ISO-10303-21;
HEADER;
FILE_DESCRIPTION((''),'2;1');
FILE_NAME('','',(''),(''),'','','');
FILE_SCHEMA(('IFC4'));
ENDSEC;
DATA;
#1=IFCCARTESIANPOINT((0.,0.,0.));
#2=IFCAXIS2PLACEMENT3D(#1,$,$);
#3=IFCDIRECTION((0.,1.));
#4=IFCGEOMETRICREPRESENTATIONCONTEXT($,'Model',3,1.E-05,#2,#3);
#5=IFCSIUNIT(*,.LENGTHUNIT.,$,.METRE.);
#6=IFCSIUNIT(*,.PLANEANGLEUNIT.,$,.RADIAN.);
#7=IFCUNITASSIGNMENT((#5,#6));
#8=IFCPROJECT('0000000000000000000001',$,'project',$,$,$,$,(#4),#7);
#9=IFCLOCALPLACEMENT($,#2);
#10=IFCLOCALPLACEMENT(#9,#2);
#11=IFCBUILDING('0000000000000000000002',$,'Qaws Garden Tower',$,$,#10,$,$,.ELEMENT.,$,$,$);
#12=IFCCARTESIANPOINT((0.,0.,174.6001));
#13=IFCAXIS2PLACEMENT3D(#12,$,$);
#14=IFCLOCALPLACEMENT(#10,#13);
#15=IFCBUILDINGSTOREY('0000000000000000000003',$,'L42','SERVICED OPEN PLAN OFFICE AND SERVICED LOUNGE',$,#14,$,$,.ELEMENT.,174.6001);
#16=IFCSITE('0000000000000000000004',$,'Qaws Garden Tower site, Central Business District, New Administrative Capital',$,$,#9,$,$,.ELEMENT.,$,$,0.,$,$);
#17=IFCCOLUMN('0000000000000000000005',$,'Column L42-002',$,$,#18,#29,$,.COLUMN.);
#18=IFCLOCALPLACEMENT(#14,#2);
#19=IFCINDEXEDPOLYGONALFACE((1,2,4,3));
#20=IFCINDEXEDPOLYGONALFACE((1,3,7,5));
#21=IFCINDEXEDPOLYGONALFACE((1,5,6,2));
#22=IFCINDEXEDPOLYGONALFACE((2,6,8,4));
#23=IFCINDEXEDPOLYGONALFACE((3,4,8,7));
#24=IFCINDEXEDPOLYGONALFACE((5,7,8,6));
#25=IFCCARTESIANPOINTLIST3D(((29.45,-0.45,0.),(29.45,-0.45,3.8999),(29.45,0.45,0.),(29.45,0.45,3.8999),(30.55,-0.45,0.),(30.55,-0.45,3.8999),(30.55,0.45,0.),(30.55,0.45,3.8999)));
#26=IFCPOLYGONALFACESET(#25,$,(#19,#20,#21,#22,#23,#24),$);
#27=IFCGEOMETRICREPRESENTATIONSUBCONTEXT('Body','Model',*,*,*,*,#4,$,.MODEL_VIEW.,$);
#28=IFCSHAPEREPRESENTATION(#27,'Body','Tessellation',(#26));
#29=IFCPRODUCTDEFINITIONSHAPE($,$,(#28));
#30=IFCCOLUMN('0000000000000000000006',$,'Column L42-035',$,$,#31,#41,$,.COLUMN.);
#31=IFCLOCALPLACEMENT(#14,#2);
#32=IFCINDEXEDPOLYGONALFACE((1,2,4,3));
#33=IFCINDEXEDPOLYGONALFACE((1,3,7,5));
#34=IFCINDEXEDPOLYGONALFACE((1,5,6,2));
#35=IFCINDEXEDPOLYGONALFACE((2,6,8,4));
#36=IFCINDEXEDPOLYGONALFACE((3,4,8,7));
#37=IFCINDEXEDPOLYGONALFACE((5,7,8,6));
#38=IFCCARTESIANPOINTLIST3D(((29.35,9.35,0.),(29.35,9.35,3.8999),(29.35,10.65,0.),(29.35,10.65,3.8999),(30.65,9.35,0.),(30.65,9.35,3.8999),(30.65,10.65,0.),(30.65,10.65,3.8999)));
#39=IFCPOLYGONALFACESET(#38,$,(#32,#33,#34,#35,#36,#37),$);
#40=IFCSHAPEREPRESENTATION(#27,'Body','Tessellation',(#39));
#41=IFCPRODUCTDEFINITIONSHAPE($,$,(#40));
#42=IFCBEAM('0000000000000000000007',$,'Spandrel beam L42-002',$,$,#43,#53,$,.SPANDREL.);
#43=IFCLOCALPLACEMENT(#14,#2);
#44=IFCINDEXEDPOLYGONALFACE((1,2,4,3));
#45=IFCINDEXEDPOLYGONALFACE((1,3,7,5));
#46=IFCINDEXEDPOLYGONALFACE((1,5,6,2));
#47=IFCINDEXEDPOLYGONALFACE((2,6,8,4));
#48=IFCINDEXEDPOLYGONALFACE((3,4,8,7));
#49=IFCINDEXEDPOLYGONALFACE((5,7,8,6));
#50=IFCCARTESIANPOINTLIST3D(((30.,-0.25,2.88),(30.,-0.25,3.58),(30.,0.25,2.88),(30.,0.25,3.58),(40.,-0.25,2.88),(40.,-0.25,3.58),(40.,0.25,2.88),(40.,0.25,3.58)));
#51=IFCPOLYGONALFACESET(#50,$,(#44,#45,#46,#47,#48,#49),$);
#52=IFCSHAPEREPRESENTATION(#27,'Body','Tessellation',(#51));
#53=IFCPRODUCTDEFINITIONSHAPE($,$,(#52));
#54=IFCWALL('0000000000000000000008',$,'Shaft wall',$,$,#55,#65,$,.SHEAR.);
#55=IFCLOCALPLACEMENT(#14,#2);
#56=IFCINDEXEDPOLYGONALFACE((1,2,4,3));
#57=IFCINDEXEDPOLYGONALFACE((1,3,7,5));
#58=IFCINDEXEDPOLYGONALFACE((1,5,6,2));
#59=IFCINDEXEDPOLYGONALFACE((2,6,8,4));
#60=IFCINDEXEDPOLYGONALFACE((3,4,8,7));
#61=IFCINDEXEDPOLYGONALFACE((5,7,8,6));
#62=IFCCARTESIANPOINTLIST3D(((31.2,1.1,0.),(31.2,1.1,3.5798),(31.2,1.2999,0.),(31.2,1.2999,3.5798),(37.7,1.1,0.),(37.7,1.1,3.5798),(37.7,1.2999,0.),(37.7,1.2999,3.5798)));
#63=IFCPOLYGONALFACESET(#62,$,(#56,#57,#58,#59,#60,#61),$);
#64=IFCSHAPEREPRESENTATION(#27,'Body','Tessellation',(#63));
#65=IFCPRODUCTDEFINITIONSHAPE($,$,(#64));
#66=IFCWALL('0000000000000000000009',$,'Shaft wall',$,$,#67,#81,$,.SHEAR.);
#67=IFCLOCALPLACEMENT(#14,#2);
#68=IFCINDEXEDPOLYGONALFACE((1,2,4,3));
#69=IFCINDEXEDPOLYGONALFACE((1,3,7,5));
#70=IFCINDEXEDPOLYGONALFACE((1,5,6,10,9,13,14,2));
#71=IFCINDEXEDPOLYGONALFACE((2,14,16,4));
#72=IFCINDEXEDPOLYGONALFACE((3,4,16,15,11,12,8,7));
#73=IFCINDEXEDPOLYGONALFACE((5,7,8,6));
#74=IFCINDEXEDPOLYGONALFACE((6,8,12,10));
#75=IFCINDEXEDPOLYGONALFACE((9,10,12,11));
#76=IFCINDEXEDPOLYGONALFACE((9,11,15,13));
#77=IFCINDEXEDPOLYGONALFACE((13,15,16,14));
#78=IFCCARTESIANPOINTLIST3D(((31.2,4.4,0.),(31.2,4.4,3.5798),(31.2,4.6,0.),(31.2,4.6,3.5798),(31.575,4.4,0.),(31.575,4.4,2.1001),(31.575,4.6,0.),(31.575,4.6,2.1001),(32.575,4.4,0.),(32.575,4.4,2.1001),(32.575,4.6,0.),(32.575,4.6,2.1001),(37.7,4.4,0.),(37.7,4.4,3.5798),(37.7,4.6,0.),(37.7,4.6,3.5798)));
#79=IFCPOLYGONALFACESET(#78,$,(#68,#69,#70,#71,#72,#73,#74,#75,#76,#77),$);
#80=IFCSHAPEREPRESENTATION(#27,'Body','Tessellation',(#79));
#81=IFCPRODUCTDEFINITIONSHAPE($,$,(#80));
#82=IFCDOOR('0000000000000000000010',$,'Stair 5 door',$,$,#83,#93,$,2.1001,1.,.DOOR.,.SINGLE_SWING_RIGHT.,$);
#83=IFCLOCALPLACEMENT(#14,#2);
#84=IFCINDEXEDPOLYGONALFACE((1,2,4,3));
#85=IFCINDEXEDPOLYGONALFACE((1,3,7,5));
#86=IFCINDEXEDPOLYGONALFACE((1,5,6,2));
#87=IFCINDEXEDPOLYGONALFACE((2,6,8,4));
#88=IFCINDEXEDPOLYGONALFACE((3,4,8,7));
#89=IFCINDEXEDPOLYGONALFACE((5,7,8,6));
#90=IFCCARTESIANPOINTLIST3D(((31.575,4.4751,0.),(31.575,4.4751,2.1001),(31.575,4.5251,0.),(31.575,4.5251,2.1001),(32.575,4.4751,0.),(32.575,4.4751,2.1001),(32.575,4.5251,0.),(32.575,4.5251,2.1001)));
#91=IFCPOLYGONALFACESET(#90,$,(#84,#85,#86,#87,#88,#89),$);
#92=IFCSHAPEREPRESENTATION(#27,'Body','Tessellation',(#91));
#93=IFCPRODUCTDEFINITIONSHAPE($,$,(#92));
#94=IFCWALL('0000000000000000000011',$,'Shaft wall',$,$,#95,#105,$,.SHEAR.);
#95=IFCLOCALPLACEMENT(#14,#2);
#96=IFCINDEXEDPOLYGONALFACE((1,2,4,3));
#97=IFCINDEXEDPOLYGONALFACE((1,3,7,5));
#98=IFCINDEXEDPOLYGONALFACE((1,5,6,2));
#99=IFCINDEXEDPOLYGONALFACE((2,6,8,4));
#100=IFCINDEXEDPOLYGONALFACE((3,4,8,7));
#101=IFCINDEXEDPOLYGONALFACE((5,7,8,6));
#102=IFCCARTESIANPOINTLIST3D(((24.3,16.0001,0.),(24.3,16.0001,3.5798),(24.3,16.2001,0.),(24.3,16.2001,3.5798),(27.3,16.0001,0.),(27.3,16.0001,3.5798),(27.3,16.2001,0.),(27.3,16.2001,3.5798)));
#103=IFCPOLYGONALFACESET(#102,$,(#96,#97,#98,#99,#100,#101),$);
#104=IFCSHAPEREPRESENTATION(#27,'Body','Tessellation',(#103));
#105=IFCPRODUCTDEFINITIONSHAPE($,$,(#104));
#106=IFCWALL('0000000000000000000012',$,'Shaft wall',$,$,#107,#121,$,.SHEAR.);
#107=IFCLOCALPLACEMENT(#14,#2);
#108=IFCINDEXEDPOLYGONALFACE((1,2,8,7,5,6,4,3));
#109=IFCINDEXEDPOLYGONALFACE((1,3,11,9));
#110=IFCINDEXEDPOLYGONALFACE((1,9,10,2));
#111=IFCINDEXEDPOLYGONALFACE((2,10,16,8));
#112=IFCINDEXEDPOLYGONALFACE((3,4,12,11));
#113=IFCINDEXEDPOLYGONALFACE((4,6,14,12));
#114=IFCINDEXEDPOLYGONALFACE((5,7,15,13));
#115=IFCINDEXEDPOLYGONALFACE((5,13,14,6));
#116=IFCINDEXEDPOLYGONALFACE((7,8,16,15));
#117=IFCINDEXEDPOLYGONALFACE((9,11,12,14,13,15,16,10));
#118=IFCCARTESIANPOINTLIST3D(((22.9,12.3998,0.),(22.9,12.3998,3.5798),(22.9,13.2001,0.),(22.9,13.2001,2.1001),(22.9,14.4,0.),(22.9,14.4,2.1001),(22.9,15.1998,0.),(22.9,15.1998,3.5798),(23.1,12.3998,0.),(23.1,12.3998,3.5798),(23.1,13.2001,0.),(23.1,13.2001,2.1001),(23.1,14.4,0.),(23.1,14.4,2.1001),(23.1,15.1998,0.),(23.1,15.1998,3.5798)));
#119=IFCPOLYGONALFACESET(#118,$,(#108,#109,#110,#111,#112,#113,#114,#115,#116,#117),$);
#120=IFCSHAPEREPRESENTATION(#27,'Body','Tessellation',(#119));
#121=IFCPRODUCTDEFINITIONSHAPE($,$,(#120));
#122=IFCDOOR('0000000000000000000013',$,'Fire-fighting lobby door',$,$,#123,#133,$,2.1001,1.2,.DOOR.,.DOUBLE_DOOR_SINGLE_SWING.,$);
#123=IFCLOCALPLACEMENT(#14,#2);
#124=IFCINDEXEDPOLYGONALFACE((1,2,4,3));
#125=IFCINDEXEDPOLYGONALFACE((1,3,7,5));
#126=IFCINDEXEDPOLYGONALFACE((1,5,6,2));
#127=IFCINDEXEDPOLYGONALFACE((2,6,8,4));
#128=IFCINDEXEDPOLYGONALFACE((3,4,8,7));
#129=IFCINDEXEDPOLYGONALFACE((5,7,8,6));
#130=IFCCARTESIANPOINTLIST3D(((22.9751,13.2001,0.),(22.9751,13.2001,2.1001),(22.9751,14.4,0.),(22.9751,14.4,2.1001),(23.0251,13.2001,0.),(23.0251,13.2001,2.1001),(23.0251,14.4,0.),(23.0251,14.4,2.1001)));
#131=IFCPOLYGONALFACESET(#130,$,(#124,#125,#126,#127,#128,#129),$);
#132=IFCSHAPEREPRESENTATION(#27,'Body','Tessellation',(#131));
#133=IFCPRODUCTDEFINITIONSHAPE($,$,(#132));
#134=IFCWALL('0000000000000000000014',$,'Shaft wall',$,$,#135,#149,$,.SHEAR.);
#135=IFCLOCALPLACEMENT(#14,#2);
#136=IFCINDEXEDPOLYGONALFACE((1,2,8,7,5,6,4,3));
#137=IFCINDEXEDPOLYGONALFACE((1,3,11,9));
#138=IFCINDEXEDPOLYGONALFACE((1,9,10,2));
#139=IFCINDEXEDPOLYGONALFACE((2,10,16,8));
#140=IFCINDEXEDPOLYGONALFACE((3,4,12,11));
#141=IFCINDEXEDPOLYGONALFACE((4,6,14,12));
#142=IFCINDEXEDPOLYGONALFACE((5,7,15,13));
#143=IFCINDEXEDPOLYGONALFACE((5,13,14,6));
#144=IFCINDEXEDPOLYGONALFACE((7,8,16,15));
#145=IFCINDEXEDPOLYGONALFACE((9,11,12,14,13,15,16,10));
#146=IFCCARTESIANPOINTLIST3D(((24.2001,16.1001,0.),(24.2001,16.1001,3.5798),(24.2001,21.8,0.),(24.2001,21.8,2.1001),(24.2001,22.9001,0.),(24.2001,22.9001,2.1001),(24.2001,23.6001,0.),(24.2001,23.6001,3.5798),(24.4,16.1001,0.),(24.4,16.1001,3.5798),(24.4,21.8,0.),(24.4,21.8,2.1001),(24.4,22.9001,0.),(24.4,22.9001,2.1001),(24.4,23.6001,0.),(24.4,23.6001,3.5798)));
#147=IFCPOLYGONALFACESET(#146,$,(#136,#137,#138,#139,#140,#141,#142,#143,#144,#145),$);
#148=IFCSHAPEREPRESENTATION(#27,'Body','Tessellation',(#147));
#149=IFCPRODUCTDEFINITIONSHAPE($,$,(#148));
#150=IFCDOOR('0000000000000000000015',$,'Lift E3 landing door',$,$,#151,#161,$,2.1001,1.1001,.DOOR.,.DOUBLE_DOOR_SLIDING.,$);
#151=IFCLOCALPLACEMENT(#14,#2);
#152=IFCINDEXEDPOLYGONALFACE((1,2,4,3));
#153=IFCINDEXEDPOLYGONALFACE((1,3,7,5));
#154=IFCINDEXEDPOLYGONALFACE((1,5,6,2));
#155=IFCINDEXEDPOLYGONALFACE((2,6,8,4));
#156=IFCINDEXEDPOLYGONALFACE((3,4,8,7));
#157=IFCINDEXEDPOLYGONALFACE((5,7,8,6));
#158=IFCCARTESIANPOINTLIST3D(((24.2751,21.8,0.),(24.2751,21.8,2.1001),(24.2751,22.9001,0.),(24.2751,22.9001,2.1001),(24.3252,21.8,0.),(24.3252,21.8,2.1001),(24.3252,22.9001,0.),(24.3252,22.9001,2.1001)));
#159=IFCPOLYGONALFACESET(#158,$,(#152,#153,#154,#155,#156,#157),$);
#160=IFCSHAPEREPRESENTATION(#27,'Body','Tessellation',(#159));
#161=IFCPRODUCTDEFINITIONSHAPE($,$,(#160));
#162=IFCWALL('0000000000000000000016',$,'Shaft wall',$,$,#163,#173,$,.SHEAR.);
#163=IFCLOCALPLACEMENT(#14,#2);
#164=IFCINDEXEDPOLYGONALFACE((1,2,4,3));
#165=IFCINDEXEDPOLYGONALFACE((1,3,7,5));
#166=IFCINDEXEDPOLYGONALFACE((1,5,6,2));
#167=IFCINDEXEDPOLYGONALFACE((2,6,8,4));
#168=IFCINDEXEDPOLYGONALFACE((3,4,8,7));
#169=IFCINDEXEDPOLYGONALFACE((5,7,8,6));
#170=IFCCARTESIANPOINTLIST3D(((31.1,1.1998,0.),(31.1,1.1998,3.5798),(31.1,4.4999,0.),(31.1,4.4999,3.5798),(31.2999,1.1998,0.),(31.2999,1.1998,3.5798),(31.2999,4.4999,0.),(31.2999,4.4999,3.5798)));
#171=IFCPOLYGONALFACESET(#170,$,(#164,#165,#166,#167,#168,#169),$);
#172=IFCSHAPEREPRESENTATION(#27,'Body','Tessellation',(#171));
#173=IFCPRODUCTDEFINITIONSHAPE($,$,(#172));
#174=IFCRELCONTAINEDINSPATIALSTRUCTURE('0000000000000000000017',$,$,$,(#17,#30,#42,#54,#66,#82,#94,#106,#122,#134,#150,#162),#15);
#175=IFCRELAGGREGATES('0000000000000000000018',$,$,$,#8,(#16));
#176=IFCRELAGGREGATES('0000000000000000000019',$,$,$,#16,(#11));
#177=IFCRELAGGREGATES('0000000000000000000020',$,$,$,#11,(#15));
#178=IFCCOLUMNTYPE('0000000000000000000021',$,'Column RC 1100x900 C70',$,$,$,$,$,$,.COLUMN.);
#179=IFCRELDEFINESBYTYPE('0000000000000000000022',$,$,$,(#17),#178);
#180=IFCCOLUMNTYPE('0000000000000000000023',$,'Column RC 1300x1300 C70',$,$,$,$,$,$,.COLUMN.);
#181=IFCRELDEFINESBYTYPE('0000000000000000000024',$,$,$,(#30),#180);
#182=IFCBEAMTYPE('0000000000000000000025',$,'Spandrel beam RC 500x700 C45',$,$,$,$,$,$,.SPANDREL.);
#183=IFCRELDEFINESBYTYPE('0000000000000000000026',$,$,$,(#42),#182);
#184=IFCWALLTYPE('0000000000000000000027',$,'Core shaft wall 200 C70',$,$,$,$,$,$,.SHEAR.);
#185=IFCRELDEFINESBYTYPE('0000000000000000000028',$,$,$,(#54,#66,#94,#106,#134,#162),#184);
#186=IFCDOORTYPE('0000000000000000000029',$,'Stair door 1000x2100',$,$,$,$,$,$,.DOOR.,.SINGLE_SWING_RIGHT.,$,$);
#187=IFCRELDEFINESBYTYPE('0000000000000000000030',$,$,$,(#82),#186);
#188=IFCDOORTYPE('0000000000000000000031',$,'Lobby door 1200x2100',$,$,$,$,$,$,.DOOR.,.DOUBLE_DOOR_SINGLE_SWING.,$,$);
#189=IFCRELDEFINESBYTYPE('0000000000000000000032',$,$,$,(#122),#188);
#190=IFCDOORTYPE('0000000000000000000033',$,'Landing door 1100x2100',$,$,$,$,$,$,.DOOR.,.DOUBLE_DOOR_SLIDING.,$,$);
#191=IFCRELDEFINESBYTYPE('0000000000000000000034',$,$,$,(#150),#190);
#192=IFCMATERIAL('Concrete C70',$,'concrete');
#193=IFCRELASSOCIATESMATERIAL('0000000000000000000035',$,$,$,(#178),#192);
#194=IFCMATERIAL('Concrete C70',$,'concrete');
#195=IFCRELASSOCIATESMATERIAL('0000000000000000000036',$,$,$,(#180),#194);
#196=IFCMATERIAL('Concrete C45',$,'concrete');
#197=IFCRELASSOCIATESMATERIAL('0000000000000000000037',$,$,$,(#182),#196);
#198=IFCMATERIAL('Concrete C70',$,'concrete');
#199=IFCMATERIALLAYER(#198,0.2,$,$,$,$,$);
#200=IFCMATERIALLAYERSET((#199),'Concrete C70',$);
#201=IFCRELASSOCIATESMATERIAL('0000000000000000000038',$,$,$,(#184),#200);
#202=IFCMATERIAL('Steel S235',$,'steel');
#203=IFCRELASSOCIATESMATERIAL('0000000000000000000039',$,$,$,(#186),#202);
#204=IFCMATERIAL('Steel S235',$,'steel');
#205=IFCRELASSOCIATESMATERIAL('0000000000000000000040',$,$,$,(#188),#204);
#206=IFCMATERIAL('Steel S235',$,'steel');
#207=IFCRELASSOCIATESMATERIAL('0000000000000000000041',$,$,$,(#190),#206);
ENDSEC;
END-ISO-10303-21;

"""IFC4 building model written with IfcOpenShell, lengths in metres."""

from ifc_helpers import new_model, si_unit, direction, frame, frame_2d, origin, origin_2d, place, context, subcontext, project, spatial, rectangle, extrude, material, layer, layer_set, material_profile, profile_set, type_object, element, fill, save


model = new_model("IFC4")

# Units and contexts
model_context = context("Model", 3, precision=1e-05, world=origin(), true_north=direction((0.0, 1.0)))
body_context = subcontext(model_context, "Body", "Model", "MODEL_VIEW")
ifc_project = project(units=[si_unit("LENGTHUNIT", "METRE"), si_unit("PLANEANGLEUNIT", "RADIAN")], contexts=[model_context])

# Site, building, storey
site_placement = place(None, origin())
site = spatial("IfcSite", under=ifc_project, at=site_placement, Name="Qaws Garden Tower site, Central Business District, New Administrative Capital", CompositionType="ELEMENT", RefElevation=0.0)
building_placement = place(site_placement, origin())
building = spatial("IfcBuilding", under=site, at=building_placement, Name="Qaws Garden Tower", CompositionType="ELEMENT")
storey_placement = place(building_placement, frame((0.0, 0.0, 174.6001)))
storey = spatial("IfcBuildingStorey", under=building, at=storey_placement, Name="L42", Description="SERVICED OPEN PLAN OFFICE AND SERVICED LOUNGE", CompositionType="ELEMENT", Elevation=174.6001)

# Columns
ifc_material_1 = material(Name="Concrete C70", Category="concrete")
ifc_material_profile_1 = material_profile(ifc_material_1, rectangle(XDim=1.1001, YDim=0.8999, at=origin_2d()), Name="RC 1100x900")
ifc_profile_set_1 = profile_set([ifc_material_profile_1], Name="Concrete C70")
column_type_1 = type_object("IfcColumnType", Name="Column RC 1100x900 C70", PredefinedType="COLUMN", material=ifc_profile_set_1)
column_1_placement = place(storey_placement, frame((30.0, 0.0, 0.0), z_axis=(0.0, 0.0, 1.0), x_axis=(1.0, 0.0, 0.0)))
element("IfcColumn", 1, at=column_1_placement, inside=storey, type_object=column_type_1, Name="Column L42-002", PredefinedType="COLUMN", context=body_context, shape_type="SweptSolid", body=[
    extrude(rectangle(XDim=1.1001, YDim=0.8999, at=origin_2d()), origin(), (0.0, 0.0, 1.0), 3.8999),
])
ifc_material_2 = material(Name="Concrete C70", Category="concrete")
ifc_material_profile_2 = material_profile(ifc_material_2, rectangle(XDim=1.3, YDim=1.3, at=origin_2d()), Name="RC 1300x1300")
ifc_profile_set_2 = profile_set([ifc_material_profile_2], Name="Concrete C70")
column_type_2 = type_object("IfcColumnType", Name="Column RC 1300x1300 C70", PredefinedType="COLUMN", material=ifc_profile_set_2)
column_2_placement = place(storey_placement, frame((30.0, 10.0, 0.0), z_axis=(0.0, 0.0, 1.0), x_axis=(1.0, 0.0, 0.0)))
element("IfcColumn", 2, at=column_2_placement, inside=storey, type_object=column_type_2, Name="Column L42-035", PredefinedType="COLUMN", context=body_context, shape_type="SweptSolid", body=[
    extrude(rectangle(XDim=1.3, YDim=1.3, at=origin_2d()), origin(), (0.0, 0.0, 1.0), 3.8999),
])

# Beam
ifc_material_3 = material(Name="Concrete C45", Category="concrete")
ifc_material_profile_3 = material_profile(ifc_material_3, rectangle(XDim=0.5, YDim=0.7, at=origin_2d()), Name="RC 500x700")
ifc_profile_set_3 = profile_set([ifc_material_profile_3], Name="Concrete C45")
beam_type = type_object("IfcBeamType", Name="Spandrel beam RC 500x700 C45", PredefinedType="SPANDREL", material=ifc_profile_set_3)
beam_placement = place(storey_placement, frame((30.0, 0.0, 3.23), z_axis=(1.0, 0.0, 0.0), x_axis=(0.0, 1.0, 0.0)))
element("IfcBeam", 3, at=beam_placement, inside=storey, type_object=beam_type, Name="Spandrel beam L42-002", PredefinedType="SPANDREL", context=body_context, shape_type="SweptSolid", body=[
    extrude(rectangle(XDim=0.5, YDim=0.7, at=origin_2d()), origin(), (0.0, 0.0, 1.0), 10.0),
])

# Wall
ifc_material_4 = material(Name="Concrete C70", Category="concrete")
ifc_layer_1 = layer(ifc_material_4, 0.2)
ifc_layer_set_1 = layer_set([ifc_layer_1], Name="Concrete C70")
wall_type_1 = type_object("IfcWallType", Name="Core shaft wall 200 C70", PredefinedType="SHEAR", material=ifc_layer_set_1)
wall_1_placement = place(storey_placement, frame((31.2, 1.2, 0.0), z_axis=(0.0, 0.0, 1.0), x_axis=(1.0, 0.0, 0.0)))
element("IfcWall", 4, at=wall_1_placement, inside=storey, type_object=wall_type_1, Name="Shaft wall", PredefinedType="SHEAR", context=body_context, shape_type="SweptSolid", body=[
    extrude(rectangle(XDim=6.5, YDim=0.2, at=frame_2d((3.25, 0.0))), origin(), (0.0, 0.0, 1.0), 3.5798),
])

# Wall, opening, door
wall_2_placement = place(storey_placement, frame((31.2, 4.5, 0.0), z_axis=(0.0, 0.0, 1.0), x_axis=(1.0, 0.0, 0.0)))
wall_2 = element("IfcWall", 5, at=wall_2_placement, inside=storey, type_object=wall_type_1, Name="Shaft wall", PredefinedType="SHEAR", context=body_context, shape_type="SweptSolid", body=[
    extrude(rectangle(XDim=6.5, YDim=0.2, at=frame_2d((3.25, 0.0))), origin(), (0.0, 0.0, 1.0), 3.5798),
])
opening_1_placement = place(wall_2_placement, frame((0.375, 0.0, 0.0)))
opening_1 = element("IfcOpeningElement", 6, at=opening_1_placement, cuts=wall_2, PredefinedType="OPENING", context=body_context, shape_type="SweptSolid", body=[
    extrude(rectangle(XDim=1.0, YDim=2.1001, at=frame_2d((0.5, 1.05))), frame((0.0, 0.1099, 0.0), z_axis=(0.0, -1.0, 0.0), x_axis=(1.0, 0.0, 0.0)), (0.0, 0.0, 1.0), 0.22),
])
ifc_material_5 = material(Name="Steel S235", Category="steel")
door_type_1 = type_object("IfcDoorType", Name="Stair door 1000x2100", OperationType="SINGLE_SWING_RIGHT", PredefinedType="DOOR", material=ifc_material_5)
door_1_placement = place(opening_1_placement, frame((1.0, 0.0, 0.0), z_axis=(0.0, 0.0, 1.0), x_axis=(-1.0, 0.0, 0.0)))
door_1 = element("IfcDoor", 7, at=door_1_placement, inside=storey, type_object=door_type_1, Name="Stair 5 door", OperationType="SINGLE_SWING_RIGHT", OverallHeight=2.1001, OverallWidth=1.0, PredefinedType="DOOR", context=body_context, shape_type="SweptSolid", body=[
    extrude(rectangle(XDim=1.0, YDim=2.1001, at=frame_2d((0.5, 1.05))), frame((0.0, 0.0249, 0.0), z_axis=(0.0, -1.0, 0.0), x_axis=(1.0, 0.0, 0.0)), (0.0, 0.0, 1.0), 0.05),
])
fill(opening_1, door_1)

# Wall
wall_3_placement = place(storey_placement, frame((24.3, 16.1001, 0.0), z_axis=(0.0, 0.0, 1.0), x_axis=(1.0, 0.0, 0.0)))
element("IfcWall", 8, at=wall_3_placement, inside=storey, type_object=wall_type_1, Name="Shaft wall", PredefinedType="SHEAR", context=body_context, shape_type="SweptSolid", body=[
    extrude(rectangle(XDim=3.0, YDim=0.2, at=frame_2d((1.5, 0.0))), origin(), (0.0, 0.0, 1.0), 3.5798),
])

# Walls, openings, doors
wall_4_placement = place(storey_placement, frame((23.0, 12.3999, 0.0), z_axis=(0.0, 0.0, 1.0), x_axis=(0.0, 1.0, 0.0)))
wall_4 = element("IfcWall", 9, at=wall_4_placement, inside=storey, type_object=wall_type_1, Name="Shaft wall", PredefinedType="SHEAR", context=body_context, shape_type="SweptSolid", body=[
    extrude(rectangle(XDim=2.8, YDim=0.2, at=frame_2d((1.3999, 0.0))), origin(), (0.0, 0.0, 1.0), 3.5798),
])
opening_2_placement = place(wall_4_placement, frame((0.8, 0.0, 0.0)))
opening_2 = element("IfcOpeningElement", 10, at=opening_2_placement, cuts=wall_4, PredefinedType="OPENING", context=body_context, shape_type="SweptSolid", body=[
    extrude(rectangle(XDim=1.2, YDim=2.1001, at=frame_2d((0.6001, 1.05))), frame((0.0, 0.1099, 0.0), z_axis=(0.0, -1.0, 0.0), x_axis=(1.0, 0.0, 0.0)), (0.0, 0.0, 1.0), 0.22),
])
ifc_material_6 = material(Name="Steel S235", Category="steel")
door_type_2 = type_object("IfcDoorType", Name="Lobby door 1200x2100", OperationType="DOUBLE_DOOR_SINGLE_SWING", PredefinedType="DOOR", material=ifc_material_6)
door_2_placement = place(opening_2_placement, origin())
door_2 = element("IfcDoor", 11, at=door_2_placement, inside=storey, type_object=door_type_2, Name="Fire-fighting lobby door", OperationType="DOUBLE_DOOR_SINGLE_SWING", OverallHeight=2.1001, OverallWidth=1.2, PredefinedType="DOOR", context=body_context, shape_type="SweptSolid", body=[
    extrude(rectangle(XDim=1.2, YDim=2.1001, at=frame_2d((0.6001, 1.05))), frame((0.0, 0.0249, 0.0), z_axis=(0.0, -1.0, 0.0), x_axis=(1.0, 0.0, 0.0)), (0.0, 0.0, 1.0), 0.05),
])
fill(opening_2, door_2)
wall_5_placement = place(storey_placement, frame((24.3, 16.1001, 0.0), z_axis=(0.0, 0.0, 1.0), x_axis=(0.0, 1.0, 0.0)))
wall_5 = element("IfcWall", 12, at=wall_5_placement, inside=storey, type_object=wall_type_1, Name="Shaft wall", PredefinedType="SHEAR", context=body_context, shape_type="SweptSolid", body=[
    extrude(rectangle(XDim=7.5, YDim=0.2, at=frame_2d((3.75, 0.0))), origin(), (0.0, 0.0, 1.0), 3.5798),
])
opening_3_placement = place(wall_5_placement, frame((5.7, 0.0, 0.0)))
opening_3 = element("IfcOpeningElement", 13, at=opening_3_placement, cuts=wall_5, PredefinedType="OPENING", context=body_context, shape_type="SweptSolid", body=[
    extrude(rectangle(XDim=1.1001, YDim=2.1001, at=frame_2d((0.55, 1.05))), frame((0.0, 0.1099, 0.0), z_axis=(0.0, -1.0, 0.0), x_axis=(1.0, 0.0, 0.0)), (0.0, 0.0, 1.0), 0.22),
])
ifc_material_7 = material(Name="Steel S235", Category="steel")
door_type_3 = type_object("IfcDoorType", Name="Landing door 1100x2100", OperationType="DOUBLE_DOOR_SLIDING", PredefinedType="DOOR", material=ifc_material_7)
door_3_placement = place(opening_3_placement, origin())
door_3 = element("IfcDoor", 14, at=door_3_placement, inside=storey, type_object=door_type_3, Name="Lift E3 landing door", OperationType="DOUBLE_DOOR_SLIDING", OverallHeight=2.1001, OverallWidth=1.1001, PredefinedType="DOOR", context=body_context, shape_type="SweptSolid", body=[
    extrude(rectangle(XDim=1.1001, YDim=2.1001, at=frame_2d((0.55, 1.05))), frame((0.0, 0.0249, 0.0), z_axis=(0.0, -1.0, 0.0), x_axis=(1.0, 0.0, 0.0)), (0.0, 0.0, 1.0), 0.05),
])
fill(opening_3, door_3)

# Wall
wall_6_placement = place(storey_placement, frame((31.2, 1.2, 0.0), z_axis=(0.0, 0.0, 1.0), x_axis=(0.0, 1.0, 0.0)))
element("IfcWall", 15, at=wall_6_placement, inside=storey, type_object=wall_type_1, Name="Shaft wall", PredefinedType="SHEAR", context=body_context, shape_type="SweptSolid", body=[
    extrude(rectangle(XDim=3.3, YDim=0.2, at=frame_2d((1.6499, 0.0))), origin(), (0.0, 0.0, 1.0), 3.5798),
])

save(model, "model.ifc")
